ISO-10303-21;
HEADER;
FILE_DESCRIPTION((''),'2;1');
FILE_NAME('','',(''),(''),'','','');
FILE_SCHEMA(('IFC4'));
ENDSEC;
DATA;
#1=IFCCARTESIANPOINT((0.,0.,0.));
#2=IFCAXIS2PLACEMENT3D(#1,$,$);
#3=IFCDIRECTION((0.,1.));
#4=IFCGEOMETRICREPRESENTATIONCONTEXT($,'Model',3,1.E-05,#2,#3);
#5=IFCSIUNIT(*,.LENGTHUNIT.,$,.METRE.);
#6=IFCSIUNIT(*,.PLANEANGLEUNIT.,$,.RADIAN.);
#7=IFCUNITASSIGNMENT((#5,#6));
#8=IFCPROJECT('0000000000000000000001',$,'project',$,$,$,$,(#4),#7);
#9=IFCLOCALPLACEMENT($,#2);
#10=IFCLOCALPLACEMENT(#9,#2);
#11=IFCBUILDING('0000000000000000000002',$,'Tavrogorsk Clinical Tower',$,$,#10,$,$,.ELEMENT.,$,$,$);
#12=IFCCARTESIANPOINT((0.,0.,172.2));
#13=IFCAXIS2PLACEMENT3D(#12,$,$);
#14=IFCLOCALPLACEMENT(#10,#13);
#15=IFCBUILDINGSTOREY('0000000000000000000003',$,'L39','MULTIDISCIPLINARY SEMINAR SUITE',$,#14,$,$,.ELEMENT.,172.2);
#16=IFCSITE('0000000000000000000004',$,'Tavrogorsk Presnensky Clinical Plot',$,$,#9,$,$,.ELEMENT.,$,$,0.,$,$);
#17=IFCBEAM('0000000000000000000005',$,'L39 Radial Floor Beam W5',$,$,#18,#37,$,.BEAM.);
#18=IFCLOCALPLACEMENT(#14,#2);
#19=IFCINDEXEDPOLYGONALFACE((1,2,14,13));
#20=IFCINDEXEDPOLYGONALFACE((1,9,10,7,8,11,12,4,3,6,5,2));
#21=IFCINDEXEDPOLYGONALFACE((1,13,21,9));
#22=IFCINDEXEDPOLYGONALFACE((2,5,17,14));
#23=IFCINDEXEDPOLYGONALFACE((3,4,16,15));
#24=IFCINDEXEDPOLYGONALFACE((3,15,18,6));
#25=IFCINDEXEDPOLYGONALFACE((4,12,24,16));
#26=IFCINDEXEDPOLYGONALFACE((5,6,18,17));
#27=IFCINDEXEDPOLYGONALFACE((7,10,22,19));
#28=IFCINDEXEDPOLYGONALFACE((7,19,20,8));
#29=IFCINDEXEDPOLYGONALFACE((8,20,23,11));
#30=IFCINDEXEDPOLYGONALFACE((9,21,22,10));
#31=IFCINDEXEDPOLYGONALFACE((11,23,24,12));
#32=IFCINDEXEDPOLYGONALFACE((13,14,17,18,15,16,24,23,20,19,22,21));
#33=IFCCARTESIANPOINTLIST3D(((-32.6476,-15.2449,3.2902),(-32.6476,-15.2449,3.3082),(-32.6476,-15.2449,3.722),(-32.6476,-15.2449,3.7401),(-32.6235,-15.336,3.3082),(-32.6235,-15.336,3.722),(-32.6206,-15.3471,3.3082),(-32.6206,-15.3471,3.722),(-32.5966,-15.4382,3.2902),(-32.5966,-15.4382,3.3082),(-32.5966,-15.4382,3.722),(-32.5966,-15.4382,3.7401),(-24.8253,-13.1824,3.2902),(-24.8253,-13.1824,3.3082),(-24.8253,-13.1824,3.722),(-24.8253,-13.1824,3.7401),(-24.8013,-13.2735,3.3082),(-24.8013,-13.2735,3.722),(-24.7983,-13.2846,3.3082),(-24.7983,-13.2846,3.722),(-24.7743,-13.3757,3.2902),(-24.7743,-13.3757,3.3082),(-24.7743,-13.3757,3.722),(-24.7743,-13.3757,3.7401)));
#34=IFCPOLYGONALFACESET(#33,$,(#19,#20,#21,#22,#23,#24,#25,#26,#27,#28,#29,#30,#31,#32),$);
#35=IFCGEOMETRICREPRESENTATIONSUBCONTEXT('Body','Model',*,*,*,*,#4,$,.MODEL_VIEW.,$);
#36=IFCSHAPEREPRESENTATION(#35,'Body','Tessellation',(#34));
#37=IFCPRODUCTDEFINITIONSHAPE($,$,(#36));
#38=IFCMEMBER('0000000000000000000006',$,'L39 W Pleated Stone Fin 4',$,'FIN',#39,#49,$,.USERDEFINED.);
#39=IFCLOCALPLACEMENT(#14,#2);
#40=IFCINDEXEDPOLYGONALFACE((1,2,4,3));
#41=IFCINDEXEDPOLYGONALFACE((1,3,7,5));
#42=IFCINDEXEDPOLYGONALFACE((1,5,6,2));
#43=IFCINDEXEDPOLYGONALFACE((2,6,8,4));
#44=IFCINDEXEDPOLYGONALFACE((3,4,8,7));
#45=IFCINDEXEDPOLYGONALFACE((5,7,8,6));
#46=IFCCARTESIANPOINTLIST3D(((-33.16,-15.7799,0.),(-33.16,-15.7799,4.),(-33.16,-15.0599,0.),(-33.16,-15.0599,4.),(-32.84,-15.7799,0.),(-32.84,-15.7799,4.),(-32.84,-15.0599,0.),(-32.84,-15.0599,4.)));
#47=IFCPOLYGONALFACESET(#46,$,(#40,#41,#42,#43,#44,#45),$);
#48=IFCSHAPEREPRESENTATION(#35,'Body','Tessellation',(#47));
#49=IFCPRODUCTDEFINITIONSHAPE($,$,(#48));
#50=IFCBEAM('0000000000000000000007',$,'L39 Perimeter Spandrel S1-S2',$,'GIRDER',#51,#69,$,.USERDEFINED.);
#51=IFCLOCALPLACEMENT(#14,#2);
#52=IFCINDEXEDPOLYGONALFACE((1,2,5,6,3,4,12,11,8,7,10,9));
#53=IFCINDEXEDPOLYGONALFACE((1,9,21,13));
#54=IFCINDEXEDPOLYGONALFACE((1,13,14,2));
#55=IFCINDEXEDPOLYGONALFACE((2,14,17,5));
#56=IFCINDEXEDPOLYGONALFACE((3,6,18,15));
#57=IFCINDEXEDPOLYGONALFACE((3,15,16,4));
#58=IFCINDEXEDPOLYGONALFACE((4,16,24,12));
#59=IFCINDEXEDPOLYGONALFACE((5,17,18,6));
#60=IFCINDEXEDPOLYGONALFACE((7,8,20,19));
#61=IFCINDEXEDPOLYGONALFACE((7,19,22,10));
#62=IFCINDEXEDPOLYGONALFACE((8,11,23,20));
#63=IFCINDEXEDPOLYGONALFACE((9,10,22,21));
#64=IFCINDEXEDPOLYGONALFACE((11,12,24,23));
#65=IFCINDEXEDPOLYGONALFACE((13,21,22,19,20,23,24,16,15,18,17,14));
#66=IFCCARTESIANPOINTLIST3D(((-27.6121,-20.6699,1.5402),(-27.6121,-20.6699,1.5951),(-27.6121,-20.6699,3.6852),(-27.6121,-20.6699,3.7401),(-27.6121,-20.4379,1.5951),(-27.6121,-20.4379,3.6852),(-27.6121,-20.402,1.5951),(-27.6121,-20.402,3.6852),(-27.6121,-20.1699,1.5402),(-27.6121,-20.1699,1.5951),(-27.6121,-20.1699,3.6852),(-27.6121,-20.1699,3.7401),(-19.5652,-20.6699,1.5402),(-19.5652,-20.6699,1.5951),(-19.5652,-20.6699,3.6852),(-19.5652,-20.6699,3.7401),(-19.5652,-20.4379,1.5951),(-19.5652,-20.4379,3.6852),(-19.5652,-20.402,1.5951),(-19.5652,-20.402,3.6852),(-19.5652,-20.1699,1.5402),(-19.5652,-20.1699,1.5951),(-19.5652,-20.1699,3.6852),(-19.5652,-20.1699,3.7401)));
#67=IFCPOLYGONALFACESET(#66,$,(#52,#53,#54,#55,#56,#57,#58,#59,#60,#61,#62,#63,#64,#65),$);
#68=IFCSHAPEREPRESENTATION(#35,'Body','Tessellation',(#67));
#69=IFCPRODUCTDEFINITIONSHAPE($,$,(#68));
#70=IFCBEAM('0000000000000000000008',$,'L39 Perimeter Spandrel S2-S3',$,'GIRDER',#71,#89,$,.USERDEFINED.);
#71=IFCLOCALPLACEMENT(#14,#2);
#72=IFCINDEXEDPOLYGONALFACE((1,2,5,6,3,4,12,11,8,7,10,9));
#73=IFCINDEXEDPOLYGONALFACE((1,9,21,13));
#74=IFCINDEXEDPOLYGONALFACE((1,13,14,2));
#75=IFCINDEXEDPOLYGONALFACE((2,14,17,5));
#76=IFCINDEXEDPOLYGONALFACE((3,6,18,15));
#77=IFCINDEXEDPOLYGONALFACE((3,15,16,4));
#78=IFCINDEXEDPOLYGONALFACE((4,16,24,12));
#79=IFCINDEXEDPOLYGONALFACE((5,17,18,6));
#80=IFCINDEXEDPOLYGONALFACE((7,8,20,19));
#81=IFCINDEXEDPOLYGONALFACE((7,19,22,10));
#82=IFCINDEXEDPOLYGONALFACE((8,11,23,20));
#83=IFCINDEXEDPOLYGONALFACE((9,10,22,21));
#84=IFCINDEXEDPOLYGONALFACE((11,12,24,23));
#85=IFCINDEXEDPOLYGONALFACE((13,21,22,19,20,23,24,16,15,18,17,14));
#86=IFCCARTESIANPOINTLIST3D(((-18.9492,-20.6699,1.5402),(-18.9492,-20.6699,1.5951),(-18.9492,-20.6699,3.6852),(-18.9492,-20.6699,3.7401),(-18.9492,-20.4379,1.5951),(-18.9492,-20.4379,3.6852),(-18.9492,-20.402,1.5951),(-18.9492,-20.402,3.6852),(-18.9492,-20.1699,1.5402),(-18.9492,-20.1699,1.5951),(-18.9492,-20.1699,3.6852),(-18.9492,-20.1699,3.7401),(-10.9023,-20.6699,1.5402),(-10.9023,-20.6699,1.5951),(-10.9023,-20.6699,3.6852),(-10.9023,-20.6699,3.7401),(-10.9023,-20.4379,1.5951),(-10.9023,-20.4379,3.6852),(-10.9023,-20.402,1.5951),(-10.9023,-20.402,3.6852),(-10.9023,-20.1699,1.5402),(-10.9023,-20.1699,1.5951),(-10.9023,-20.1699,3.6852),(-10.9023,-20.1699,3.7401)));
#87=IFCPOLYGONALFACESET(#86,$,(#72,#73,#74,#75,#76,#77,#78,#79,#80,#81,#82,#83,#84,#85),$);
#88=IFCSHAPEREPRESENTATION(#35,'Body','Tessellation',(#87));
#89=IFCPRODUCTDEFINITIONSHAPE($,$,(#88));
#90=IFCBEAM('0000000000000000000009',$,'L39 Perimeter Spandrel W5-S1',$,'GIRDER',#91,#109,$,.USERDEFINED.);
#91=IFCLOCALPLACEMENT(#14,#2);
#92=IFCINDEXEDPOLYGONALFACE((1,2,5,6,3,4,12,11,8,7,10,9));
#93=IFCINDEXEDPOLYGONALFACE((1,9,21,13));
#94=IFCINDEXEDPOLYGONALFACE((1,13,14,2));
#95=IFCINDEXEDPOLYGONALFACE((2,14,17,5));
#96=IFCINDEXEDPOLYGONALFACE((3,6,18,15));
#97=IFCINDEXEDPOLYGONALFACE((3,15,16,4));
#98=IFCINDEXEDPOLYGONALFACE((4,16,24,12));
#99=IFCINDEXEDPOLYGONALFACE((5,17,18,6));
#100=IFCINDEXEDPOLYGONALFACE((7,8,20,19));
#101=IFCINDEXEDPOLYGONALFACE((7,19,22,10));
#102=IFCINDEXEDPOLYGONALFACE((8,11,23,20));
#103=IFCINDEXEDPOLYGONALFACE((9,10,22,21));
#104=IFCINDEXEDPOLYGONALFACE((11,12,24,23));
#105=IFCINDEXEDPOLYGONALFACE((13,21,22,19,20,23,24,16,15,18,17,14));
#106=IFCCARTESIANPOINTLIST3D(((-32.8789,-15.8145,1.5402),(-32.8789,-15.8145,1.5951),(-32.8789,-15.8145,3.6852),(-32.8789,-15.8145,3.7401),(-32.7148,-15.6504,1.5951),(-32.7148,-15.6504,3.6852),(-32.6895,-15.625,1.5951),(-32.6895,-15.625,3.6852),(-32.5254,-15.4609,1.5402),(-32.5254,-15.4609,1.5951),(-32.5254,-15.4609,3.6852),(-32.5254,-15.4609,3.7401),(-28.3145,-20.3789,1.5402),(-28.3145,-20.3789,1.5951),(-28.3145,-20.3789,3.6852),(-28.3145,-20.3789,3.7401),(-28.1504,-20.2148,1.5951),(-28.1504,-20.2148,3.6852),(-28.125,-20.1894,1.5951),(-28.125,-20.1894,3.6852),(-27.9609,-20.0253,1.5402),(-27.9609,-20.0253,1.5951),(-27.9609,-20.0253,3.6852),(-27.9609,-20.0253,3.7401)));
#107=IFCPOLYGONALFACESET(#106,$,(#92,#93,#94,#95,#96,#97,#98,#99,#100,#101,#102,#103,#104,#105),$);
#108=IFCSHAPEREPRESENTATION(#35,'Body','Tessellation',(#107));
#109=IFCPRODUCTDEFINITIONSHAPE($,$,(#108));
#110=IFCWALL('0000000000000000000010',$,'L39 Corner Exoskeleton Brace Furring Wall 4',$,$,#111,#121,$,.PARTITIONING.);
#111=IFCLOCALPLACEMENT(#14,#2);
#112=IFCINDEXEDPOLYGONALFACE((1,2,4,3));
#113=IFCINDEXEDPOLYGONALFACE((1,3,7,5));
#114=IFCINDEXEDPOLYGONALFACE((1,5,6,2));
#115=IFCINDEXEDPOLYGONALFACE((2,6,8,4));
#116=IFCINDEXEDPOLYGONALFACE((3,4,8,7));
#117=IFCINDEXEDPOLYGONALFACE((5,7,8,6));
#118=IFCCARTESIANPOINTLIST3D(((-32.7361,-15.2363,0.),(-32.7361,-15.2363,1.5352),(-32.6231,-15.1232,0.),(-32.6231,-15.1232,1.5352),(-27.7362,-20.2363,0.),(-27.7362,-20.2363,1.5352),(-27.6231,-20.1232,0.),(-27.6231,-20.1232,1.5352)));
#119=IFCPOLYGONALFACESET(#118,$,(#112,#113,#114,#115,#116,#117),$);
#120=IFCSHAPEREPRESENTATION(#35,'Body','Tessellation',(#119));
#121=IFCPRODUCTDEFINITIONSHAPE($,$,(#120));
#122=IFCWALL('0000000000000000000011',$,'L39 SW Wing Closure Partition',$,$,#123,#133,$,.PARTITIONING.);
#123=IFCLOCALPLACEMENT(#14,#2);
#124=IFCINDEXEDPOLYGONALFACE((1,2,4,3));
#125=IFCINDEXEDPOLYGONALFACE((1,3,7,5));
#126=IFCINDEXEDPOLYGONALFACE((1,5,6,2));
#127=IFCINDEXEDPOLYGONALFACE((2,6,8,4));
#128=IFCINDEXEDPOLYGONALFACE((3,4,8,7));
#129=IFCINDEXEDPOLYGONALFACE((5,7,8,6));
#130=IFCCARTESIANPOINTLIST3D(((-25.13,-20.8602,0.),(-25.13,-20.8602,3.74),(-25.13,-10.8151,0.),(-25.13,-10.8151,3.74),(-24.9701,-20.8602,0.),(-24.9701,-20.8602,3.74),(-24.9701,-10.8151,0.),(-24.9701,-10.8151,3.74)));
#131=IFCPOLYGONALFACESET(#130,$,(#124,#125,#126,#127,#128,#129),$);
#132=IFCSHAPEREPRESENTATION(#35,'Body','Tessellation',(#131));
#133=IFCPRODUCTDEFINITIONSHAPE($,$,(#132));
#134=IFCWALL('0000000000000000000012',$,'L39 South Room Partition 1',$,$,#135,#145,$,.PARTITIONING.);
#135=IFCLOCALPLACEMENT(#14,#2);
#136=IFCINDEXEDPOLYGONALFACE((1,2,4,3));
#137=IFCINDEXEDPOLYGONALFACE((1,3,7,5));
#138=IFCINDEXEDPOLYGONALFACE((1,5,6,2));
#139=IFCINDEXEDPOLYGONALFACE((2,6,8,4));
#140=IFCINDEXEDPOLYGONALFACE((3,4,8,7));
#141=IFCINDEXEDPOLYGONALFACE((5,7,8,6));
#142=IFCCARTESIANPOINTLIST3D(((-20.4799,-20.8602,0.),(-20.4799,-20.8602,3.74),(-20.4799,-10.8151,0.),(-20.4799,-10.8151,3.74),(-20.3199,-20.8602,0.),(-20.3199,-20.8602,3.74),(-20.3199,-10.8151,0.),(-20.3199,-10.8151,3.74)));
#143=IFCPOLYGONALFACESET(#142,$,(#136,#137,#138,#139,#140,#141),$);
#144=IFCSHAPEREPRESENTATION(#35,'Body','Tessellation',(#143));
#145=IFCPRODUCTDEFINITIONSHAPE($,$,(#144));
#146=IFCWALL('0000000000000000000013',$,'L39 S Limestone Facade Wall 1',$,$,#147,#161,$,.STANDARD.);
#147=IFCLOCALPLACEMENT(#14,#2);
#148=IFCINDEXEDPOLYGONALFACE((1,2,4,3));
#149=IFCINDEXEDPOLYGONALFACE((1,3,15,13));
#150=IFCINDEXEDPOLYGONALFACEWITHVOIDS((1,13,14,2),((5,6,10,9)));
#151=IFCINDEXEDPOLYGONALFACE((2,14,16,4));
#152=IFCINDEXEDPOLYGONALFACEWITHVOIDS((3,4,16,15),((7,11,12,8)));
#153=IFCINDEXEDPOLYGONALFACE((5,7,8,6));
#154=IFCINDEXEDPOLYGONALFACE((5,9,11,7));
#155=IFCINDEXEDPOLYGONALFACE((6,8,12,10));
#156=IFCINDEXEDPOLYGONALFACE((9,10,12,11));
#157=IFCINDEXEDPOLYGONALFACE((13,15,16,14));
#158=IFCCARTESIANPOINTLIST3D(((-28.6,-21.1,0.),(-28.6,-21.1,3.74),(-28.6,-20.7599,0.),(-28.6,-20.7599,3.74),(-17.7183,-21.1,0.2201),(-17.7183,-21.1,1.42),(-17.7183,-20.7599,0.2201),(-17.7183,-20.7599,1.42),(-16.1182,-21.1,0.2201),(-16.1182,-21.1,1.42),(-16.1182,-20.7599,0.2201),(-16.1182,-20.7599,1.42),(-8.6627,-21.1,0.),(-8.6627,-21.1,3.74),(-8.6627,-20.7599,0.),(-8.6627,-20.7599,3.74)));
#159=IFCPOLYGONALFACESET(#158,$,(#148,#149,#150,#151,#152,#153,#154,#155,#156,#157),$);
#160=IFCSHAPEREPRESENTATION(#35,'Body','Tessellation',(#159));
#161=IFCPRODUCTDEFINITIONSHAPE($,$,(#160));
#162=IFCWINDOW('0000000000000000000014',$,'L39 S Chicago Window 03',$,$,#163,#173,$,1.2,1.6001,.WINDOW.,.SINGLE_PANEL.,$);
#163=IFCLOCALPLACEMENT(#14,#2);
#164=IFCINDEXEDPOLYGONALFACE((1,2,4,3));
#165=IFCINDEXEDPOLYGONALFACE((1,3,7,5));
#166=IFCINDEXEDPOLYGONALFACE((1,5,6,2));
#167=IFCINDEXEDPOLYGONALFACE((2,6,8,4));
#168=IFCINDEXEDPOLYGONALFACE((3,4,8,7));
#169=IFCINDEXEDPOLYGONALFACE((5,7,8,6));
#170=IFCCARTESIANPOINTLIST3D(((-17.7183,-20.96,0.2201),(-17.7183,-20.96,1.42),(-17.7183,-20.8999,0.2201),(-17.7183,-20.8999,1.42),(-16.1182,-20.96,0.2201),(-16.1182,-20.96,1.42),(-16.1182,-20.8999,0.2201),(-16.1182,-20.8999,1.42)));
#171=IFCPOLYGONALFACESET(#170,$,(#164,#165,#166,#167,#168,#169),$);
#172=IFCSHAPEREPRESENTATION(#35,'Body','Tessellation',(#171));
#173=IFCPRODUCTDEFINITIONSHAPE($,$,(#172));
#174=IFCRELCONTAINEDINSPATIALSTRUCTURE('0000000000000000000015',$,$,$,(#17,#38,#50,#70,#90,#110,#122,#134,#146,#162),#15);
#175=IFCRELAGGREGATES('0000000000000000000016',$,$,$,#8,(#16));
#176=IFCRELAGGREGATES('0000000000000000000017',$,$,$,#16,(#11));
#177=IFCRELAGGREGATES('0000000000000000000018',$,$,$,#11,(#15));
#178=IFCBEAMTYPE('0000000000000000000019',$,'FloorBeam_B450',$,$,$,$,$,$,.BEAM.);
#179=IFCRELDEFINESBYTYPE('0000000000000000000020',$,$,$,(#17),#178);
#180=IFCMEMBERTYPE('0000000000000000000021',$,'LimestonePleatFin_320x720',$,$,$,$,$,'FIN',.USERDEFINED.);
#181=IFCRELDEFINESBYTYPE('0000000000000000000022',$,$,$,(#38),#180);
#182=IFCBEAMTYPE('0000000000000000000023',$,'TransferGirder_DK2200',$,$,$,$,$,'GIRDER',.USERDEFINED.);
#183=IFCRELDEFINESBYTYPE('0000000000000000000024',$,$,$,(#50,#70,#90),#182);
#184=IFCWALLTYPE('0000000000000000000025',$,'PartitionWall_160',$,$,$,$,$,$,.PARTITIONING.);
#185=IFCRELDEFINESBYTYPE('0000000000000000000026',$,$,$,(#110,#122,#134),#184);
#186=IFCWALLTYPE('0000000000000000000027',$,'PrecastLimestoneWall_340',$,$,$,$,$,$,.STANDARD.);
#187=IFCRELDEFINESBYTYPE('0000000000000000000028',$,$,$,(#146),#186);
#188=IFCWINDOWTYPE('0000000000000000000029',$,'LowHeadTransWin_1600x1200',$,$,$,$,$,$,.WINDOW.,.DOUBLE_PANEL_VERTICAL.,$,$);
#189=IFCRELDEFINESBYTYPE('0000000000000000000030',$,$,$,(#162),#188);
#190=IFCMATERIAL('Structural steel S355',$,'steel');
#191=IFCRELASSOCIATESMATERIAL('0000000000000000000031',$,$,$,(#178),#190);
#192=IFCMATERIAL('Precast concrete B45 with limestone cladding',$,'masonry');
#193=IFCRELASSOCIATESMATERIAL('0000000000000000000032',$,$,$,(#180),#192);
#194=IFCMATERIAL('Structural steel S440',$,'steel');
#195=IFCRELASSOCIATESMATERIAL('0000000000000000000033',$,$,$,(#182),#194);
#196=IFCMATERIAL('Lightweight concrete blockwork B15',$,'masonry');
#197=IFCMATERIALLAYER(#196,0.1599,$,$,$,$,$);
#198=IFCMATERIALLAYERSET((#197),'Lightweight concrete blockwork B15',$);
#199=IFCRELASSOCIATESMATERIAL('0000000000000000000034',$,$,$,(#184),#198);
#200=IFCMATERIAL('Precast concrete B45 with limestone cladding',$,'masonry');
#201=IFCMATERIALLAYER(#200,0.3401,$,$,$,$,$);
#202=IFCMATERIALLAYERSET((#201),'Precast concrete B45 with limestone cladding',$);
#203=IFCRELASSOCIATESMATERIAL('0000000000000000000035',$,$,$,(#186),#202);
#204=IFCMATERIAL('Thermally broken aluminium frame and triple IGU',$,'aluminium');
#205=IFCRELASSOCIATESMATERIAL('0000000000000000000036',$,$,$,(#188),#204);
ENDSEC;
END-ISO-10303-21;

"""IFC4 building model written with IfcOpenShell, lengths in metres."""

from ifc_helpers import new_model, si_unit, direction, frame, frame_2d, origin, origin_2d, place, context, subcontext, project, spatial, rectangle, i_section, extrude, material, layer, layer_set, material_profile, profile_set, type_object, element, fill, save


model = new_model("IFC4")

# Units and contexts
model_context = context("Model", 3, precision=1e-05, world=origin(), true_north=direction((0.0, 1.0)))
body_context = subcontext(model_context, "Body", "Model", "MODEL_VIEW")
ifc_project = project(units=[si_unit("LENGTHUNIT", "METRE"), si_unit("PLANEANGLEUNIT", "RADIAN")], contexts=[model_context])

# Site, building, storey
site_placement = place(None, origin())
site = spatial("IfcSite", under=ifc_project, at=site_placement, Name="Tavrogorsk Presnensky Clinical Plot", CompositionType="ELEMENT", RefElevation=0.0)
building_placement = place(site_placement, origin())
building = spatial("IfcBuilding", under=site, at=building_placement, Name="Tavrogorsk Clinical Tower", CompositionType="ELEMENT")
storey_placement = place(building_placement, frame((0.0, 0.0, 172.2)))
storey = spatial("IfcBuildingStorey", under=building, at=storey_placement, Name="L39", Description="MULTIDISCIPLINARY SEMINAR SUITE", CompositionType="ELEMENT", Elevation=172.2)

# Beam
ifc_material_1 = material(Name="Structural steel S355", Category="steel")
ifc_material_profile_1 = material_profile(ifc_material_1, i_section(OverallWidth=0.2, OverallDepth=0.45, WebThickness=0.0115, FlangeThickness=0.0181, at=origin_2d()), Name="B-450x200x11.5x18")
ifc_profile_set_1 = profile_set([ifc_material_profile_1], Name="Structural steel S355")
beam_type_1 = type_object("IfcBeamType", Name="FloorBeam_B450", PredefinedType="BEAM", material=ifc_profile_set_1)
beam_1_placement = place(storey_placement, frame((-24.7998, -13.2791, 3.5151), z_axis=(-0.966952, -0.254957, 0.0), x_axis=(0.254957, -0.966952, 0.0)))
element("IfcBeam", 1, at=beam_1_placement, inside=storey, type_object=beam_type_1, Name="L39 Radial Floor Beam W5", PredefinedType="BEAM", context=body_context, shape_type="SweptSolid", body=[
    extrude(i_section(OverallWidth=0.2, OverallDepth=0.45, WebThickness=0.0115, FlangeThickness=0.0181, at=origin_2d()), origin(), (0.0, 0.0, 1.0), 8.0896),
])

# Member
ifc_material_2 = material(Name="Precast concrete B45 with limestone cladding", Category="masonry")
ifc_material_profile_2 = material_profile(ifc_material_2, rectangle(XDim=0.3201, YDim=0.72, at=origin_2d()), Name="LIMESTONE-FIN-320x720")
ifc_profile_set_2 = profile_set([ifc_material_profile_2], Name="Precast concrete B45 with limestone cladding")
member_type_1 = type_object("IfcMemberType", Name="LimestonePleatFin_320x720", ElementType="FIN", PredefinedType="USERDEFINED", material=ifc_profile_set_2)
member_1_placement = place(storey_placement, frame((-33.0, -15.4199, 0.0), z_axis=(0.0, 0.0, 1.0), x_axis=(1.0, 0.0, 0.0)))
element("IfcMember", 2, at=member_1_placement, inside=storey, type_object=member_type_1, Name="L39 W Pleated Stone Fin 4", ObjectType="FIN", PredefinedType="USERDEFINED", context=body_context, shape_type="SweptSolid", body=[
    extrude(rectangle(XDim=0.3201, YDim=0.72, at=origin_2d()), origin(), (0.0, 0.0, 1.0), 4.0),
])

# Beams
ifc_material_3 = material(Name="Structural steel S440", Category="steel")
ifc_material_profile_3 = material_profile(ifc_material_3, i_section(OverallWidth=0.5, OverallDepth=2.2, WebThickness=0.0359, FlangeThickness=0.0549, at=origin_2d()), Name="DK-2200x500x36x55")
ifc_profile_set_3 = profile_set([ifc_material_profile_3], Name="Structural steel S440")
beam_type_2 = type_object("IfcBeamType", Name="TransferGirder_DK2200", ElementType="GIRDER", PredefinedType="USERDEFINED", material=ifc_profile_set_3)
for number, where, z_axis, x_axis, name in (
    (3, (-27.6121, -20.4199, 2.6401), (1.0, 0.0, 0.0), (0.0, 1.0, 0.0), "L39 Perimeter Spandrel S1-S2"),
    (4, (-18.9492, -20.4199, 2.6401), (1.0, 0.0, 0.0), (0.0, 1.0, 0.0), "L39 Perimeter Spandrel S2-S3"),
):
    element("IfcBeam", number, at=place(storey_placement, frame(where, z_axis=z_axis, x_axis=x_axis)), inside=storey, type_object=beam_type_2, Name=name, ObjectType="GIRDER", PredefinedType="USERDEFINED", context=body_context, shape_type="SweptSolid", body=[
        extrude(i_section(OverallWidth=0.5, OverallDepth=2.2, WebThickness=0.0359, FlangeThickness=0.0549, at=origin_2d()), origin(), (0.0, 0.0, 1.0), 8.0469),
    ])
beam_2_placement = place(storey_placement, frame((-32.7021, -15.6377, 2.6401), z_axis=(0.707107, -0.707107, 0.0), x_axis=(0.707107, 0.707107, 0.0)))
element("IfcBeam", 5, at=beam_2_placement, inside=storey, type_object=beam_type_2, Name="L39 Perimeter Spandrel W5-S1", ObjectType="GIRDER", PredefinedType="USERDEFINED", context=body_context, shape_type="SweptSolid", body=[
    extrude(i_section(OverallWidth=0.5, OverallDepth=2.2, WebThickness=0.0359, FlangeThickness=0.0549, at=origin_2d()), origin(), (0.0, 0.0, 1.0), 6.4551),
])

# Walls
ifc_material_4 = material(Name="Lightweight concrete blockwork B15", Category="masonry")
ifc_layer_1 = layer(ifc_material_4, 0.1599)
ifc_layer_set_1 = layer_set([ifc_layer_1], Name="Lightweight concrete blockwork B15")
wall_type_1 = type_object("IfcWallType", Name="PartitionWall_160", PredefinedType="PARTITIONING", material=ifc_layer_set_1)
wall_1_placement = place(storey_placement, frame((-32.6797, -15.1797, 0.0), z_axis=(0.0, 0.0, 1.0), x_axis=(0.707107, -0.707107, 0.0)))
element("IfcWall", 6, at=wall_1_placement, inside=storey, type_object=wall_type_1, Name="L39 Corner Exoskeleton Brace Furring Wall 4", PredefinedType="PARTITIONING", context=body_context, shape_type="SweptSolid", body=[
    extrude(rectangle(XDim=7.071, YDim=0.1599, at=frame_2d((3.5356, 0.0))), origin(), (0.0, 0.0, 1.0), 1.5352),
])
for number, where, z_axis, x_axis, name in (
    (7, (-25.05, -20.8601, 0.0), (0.0, 0.0, 1.0), (0.0, 1.0, 0.0), "L39 SW Wing Closure Partition"),
    (8, (-20.3999, -20.8601, 0.0), (0.0, 0.0, 1.0), (0.0, 1.0, 0.0), "L39 South Room Partition 1"),
):
    element("IfcWall", number, at=place(storey_placement, frame(where, z_axis=z_axis, x_axis=x_axis)), inside=storey, type_object=wall_type_1, Name=name, PredefinedType="PARTITIONING", context=body_context, shape_type="SweptSolid", body=[
        extrude(rectangle(XDim=10.0452, YDim=0.1599, at=frame_2d((5.0225, 0.0))), origin(), (0.0, 0.0, 1.0), 3.74),
    ])

# Wall, opening, window
ifc_material_5 = material(Name="Precast concrete B45 with limestone cladding", Category="masonry")
ifc_layer_2 = layer(ifc_material_5, 0.3401)
ifc_layer_set_2 = layer_set([ifc_layer_2], Name="Precast concrete B45 with limestone cladding")
wall_type_2 = type_object("IfcWallType", Name="PrecastLimestoneWall_340", PredefinedType="STANDARD", material=ifc_layer_set_2)
wall_2_placement = place(storey_placement, frame((-28.6001, -20.9299, 0.0), z_axis=(0.0, 0.0, 1.0), x_axis=(1.0, 0.0, 0.0)))
wall_2 = element("IfcWall", 9, at=wall_2_placement, inside=storey, type_object=wall_type_2, Name="L39 S Limestone Facade Wall 1", PredefinedType="STANDARD", context=body_context, shape_type="SweptSolid", body=[
    extrude(rectangle(XDim=19.9373, YDim=0.3401, at=frame_2d((9.9688, 0.0))), origin(), (0.0, 0.0, 1.0), 3.74),
])
opening_placement = place(wall_2_placement, frame((10.8818, 0.0, 0.22)))
opening = element("IfcOpeningElement", 10, at=opening_placement, cuts=wall_2, PredefinedType="OPENING", context=body_context, shape_type="SweptSolid", body=[
    extrude(rectangle(XDim=1.6001, YDim=1.2, at=frame_2d((0.8, 0.6001))), frame((0.0, 0.1799, 0.0), z_axis=(0.0, -1.0, 0.0), x_axis=(1.0, 0.0, 0.0)), (0.0, 0.0, 1.0), 0.3601),
])
ifc_material_6 = material(Name="Thermally broken aluminium frame and triple IGU", Category="aluminium")
window_type = type_object("IfcWindowType", Name="LowHeadTransWin_1600x1200", PartitioningType="DOUBLE_PANEL_VERTICAL", PredefinedType="WINDOW", material=ifc_material_6)
window_placement = place(opening_placement, origin())
window = element("IfcWindow", 11, at=window_placement, inside=storey, type_object=window_type, Name="L39 S Chicago Window 03", OverallHeight=1.2, OverallWidth=1.6001, PartitioningType="SINGLE_PANEL", PredefinedType="WINDOW", context=body_context, shape_type="SweptSolid", body=[
    extrude(rectangle(XDim=1.6001, YDim=1.2, at=frame_2d((0.8, 0.6001))), frame((0.0, 0.03, 0.0), z_axis=(0.0, -1.0, 0.0), x_axis=(1.0, 0.0, 0.0)), (0.0, 0.0, 1.0), 0.0601),
])
fill(opening, window)

save(model, "model.ifc")
